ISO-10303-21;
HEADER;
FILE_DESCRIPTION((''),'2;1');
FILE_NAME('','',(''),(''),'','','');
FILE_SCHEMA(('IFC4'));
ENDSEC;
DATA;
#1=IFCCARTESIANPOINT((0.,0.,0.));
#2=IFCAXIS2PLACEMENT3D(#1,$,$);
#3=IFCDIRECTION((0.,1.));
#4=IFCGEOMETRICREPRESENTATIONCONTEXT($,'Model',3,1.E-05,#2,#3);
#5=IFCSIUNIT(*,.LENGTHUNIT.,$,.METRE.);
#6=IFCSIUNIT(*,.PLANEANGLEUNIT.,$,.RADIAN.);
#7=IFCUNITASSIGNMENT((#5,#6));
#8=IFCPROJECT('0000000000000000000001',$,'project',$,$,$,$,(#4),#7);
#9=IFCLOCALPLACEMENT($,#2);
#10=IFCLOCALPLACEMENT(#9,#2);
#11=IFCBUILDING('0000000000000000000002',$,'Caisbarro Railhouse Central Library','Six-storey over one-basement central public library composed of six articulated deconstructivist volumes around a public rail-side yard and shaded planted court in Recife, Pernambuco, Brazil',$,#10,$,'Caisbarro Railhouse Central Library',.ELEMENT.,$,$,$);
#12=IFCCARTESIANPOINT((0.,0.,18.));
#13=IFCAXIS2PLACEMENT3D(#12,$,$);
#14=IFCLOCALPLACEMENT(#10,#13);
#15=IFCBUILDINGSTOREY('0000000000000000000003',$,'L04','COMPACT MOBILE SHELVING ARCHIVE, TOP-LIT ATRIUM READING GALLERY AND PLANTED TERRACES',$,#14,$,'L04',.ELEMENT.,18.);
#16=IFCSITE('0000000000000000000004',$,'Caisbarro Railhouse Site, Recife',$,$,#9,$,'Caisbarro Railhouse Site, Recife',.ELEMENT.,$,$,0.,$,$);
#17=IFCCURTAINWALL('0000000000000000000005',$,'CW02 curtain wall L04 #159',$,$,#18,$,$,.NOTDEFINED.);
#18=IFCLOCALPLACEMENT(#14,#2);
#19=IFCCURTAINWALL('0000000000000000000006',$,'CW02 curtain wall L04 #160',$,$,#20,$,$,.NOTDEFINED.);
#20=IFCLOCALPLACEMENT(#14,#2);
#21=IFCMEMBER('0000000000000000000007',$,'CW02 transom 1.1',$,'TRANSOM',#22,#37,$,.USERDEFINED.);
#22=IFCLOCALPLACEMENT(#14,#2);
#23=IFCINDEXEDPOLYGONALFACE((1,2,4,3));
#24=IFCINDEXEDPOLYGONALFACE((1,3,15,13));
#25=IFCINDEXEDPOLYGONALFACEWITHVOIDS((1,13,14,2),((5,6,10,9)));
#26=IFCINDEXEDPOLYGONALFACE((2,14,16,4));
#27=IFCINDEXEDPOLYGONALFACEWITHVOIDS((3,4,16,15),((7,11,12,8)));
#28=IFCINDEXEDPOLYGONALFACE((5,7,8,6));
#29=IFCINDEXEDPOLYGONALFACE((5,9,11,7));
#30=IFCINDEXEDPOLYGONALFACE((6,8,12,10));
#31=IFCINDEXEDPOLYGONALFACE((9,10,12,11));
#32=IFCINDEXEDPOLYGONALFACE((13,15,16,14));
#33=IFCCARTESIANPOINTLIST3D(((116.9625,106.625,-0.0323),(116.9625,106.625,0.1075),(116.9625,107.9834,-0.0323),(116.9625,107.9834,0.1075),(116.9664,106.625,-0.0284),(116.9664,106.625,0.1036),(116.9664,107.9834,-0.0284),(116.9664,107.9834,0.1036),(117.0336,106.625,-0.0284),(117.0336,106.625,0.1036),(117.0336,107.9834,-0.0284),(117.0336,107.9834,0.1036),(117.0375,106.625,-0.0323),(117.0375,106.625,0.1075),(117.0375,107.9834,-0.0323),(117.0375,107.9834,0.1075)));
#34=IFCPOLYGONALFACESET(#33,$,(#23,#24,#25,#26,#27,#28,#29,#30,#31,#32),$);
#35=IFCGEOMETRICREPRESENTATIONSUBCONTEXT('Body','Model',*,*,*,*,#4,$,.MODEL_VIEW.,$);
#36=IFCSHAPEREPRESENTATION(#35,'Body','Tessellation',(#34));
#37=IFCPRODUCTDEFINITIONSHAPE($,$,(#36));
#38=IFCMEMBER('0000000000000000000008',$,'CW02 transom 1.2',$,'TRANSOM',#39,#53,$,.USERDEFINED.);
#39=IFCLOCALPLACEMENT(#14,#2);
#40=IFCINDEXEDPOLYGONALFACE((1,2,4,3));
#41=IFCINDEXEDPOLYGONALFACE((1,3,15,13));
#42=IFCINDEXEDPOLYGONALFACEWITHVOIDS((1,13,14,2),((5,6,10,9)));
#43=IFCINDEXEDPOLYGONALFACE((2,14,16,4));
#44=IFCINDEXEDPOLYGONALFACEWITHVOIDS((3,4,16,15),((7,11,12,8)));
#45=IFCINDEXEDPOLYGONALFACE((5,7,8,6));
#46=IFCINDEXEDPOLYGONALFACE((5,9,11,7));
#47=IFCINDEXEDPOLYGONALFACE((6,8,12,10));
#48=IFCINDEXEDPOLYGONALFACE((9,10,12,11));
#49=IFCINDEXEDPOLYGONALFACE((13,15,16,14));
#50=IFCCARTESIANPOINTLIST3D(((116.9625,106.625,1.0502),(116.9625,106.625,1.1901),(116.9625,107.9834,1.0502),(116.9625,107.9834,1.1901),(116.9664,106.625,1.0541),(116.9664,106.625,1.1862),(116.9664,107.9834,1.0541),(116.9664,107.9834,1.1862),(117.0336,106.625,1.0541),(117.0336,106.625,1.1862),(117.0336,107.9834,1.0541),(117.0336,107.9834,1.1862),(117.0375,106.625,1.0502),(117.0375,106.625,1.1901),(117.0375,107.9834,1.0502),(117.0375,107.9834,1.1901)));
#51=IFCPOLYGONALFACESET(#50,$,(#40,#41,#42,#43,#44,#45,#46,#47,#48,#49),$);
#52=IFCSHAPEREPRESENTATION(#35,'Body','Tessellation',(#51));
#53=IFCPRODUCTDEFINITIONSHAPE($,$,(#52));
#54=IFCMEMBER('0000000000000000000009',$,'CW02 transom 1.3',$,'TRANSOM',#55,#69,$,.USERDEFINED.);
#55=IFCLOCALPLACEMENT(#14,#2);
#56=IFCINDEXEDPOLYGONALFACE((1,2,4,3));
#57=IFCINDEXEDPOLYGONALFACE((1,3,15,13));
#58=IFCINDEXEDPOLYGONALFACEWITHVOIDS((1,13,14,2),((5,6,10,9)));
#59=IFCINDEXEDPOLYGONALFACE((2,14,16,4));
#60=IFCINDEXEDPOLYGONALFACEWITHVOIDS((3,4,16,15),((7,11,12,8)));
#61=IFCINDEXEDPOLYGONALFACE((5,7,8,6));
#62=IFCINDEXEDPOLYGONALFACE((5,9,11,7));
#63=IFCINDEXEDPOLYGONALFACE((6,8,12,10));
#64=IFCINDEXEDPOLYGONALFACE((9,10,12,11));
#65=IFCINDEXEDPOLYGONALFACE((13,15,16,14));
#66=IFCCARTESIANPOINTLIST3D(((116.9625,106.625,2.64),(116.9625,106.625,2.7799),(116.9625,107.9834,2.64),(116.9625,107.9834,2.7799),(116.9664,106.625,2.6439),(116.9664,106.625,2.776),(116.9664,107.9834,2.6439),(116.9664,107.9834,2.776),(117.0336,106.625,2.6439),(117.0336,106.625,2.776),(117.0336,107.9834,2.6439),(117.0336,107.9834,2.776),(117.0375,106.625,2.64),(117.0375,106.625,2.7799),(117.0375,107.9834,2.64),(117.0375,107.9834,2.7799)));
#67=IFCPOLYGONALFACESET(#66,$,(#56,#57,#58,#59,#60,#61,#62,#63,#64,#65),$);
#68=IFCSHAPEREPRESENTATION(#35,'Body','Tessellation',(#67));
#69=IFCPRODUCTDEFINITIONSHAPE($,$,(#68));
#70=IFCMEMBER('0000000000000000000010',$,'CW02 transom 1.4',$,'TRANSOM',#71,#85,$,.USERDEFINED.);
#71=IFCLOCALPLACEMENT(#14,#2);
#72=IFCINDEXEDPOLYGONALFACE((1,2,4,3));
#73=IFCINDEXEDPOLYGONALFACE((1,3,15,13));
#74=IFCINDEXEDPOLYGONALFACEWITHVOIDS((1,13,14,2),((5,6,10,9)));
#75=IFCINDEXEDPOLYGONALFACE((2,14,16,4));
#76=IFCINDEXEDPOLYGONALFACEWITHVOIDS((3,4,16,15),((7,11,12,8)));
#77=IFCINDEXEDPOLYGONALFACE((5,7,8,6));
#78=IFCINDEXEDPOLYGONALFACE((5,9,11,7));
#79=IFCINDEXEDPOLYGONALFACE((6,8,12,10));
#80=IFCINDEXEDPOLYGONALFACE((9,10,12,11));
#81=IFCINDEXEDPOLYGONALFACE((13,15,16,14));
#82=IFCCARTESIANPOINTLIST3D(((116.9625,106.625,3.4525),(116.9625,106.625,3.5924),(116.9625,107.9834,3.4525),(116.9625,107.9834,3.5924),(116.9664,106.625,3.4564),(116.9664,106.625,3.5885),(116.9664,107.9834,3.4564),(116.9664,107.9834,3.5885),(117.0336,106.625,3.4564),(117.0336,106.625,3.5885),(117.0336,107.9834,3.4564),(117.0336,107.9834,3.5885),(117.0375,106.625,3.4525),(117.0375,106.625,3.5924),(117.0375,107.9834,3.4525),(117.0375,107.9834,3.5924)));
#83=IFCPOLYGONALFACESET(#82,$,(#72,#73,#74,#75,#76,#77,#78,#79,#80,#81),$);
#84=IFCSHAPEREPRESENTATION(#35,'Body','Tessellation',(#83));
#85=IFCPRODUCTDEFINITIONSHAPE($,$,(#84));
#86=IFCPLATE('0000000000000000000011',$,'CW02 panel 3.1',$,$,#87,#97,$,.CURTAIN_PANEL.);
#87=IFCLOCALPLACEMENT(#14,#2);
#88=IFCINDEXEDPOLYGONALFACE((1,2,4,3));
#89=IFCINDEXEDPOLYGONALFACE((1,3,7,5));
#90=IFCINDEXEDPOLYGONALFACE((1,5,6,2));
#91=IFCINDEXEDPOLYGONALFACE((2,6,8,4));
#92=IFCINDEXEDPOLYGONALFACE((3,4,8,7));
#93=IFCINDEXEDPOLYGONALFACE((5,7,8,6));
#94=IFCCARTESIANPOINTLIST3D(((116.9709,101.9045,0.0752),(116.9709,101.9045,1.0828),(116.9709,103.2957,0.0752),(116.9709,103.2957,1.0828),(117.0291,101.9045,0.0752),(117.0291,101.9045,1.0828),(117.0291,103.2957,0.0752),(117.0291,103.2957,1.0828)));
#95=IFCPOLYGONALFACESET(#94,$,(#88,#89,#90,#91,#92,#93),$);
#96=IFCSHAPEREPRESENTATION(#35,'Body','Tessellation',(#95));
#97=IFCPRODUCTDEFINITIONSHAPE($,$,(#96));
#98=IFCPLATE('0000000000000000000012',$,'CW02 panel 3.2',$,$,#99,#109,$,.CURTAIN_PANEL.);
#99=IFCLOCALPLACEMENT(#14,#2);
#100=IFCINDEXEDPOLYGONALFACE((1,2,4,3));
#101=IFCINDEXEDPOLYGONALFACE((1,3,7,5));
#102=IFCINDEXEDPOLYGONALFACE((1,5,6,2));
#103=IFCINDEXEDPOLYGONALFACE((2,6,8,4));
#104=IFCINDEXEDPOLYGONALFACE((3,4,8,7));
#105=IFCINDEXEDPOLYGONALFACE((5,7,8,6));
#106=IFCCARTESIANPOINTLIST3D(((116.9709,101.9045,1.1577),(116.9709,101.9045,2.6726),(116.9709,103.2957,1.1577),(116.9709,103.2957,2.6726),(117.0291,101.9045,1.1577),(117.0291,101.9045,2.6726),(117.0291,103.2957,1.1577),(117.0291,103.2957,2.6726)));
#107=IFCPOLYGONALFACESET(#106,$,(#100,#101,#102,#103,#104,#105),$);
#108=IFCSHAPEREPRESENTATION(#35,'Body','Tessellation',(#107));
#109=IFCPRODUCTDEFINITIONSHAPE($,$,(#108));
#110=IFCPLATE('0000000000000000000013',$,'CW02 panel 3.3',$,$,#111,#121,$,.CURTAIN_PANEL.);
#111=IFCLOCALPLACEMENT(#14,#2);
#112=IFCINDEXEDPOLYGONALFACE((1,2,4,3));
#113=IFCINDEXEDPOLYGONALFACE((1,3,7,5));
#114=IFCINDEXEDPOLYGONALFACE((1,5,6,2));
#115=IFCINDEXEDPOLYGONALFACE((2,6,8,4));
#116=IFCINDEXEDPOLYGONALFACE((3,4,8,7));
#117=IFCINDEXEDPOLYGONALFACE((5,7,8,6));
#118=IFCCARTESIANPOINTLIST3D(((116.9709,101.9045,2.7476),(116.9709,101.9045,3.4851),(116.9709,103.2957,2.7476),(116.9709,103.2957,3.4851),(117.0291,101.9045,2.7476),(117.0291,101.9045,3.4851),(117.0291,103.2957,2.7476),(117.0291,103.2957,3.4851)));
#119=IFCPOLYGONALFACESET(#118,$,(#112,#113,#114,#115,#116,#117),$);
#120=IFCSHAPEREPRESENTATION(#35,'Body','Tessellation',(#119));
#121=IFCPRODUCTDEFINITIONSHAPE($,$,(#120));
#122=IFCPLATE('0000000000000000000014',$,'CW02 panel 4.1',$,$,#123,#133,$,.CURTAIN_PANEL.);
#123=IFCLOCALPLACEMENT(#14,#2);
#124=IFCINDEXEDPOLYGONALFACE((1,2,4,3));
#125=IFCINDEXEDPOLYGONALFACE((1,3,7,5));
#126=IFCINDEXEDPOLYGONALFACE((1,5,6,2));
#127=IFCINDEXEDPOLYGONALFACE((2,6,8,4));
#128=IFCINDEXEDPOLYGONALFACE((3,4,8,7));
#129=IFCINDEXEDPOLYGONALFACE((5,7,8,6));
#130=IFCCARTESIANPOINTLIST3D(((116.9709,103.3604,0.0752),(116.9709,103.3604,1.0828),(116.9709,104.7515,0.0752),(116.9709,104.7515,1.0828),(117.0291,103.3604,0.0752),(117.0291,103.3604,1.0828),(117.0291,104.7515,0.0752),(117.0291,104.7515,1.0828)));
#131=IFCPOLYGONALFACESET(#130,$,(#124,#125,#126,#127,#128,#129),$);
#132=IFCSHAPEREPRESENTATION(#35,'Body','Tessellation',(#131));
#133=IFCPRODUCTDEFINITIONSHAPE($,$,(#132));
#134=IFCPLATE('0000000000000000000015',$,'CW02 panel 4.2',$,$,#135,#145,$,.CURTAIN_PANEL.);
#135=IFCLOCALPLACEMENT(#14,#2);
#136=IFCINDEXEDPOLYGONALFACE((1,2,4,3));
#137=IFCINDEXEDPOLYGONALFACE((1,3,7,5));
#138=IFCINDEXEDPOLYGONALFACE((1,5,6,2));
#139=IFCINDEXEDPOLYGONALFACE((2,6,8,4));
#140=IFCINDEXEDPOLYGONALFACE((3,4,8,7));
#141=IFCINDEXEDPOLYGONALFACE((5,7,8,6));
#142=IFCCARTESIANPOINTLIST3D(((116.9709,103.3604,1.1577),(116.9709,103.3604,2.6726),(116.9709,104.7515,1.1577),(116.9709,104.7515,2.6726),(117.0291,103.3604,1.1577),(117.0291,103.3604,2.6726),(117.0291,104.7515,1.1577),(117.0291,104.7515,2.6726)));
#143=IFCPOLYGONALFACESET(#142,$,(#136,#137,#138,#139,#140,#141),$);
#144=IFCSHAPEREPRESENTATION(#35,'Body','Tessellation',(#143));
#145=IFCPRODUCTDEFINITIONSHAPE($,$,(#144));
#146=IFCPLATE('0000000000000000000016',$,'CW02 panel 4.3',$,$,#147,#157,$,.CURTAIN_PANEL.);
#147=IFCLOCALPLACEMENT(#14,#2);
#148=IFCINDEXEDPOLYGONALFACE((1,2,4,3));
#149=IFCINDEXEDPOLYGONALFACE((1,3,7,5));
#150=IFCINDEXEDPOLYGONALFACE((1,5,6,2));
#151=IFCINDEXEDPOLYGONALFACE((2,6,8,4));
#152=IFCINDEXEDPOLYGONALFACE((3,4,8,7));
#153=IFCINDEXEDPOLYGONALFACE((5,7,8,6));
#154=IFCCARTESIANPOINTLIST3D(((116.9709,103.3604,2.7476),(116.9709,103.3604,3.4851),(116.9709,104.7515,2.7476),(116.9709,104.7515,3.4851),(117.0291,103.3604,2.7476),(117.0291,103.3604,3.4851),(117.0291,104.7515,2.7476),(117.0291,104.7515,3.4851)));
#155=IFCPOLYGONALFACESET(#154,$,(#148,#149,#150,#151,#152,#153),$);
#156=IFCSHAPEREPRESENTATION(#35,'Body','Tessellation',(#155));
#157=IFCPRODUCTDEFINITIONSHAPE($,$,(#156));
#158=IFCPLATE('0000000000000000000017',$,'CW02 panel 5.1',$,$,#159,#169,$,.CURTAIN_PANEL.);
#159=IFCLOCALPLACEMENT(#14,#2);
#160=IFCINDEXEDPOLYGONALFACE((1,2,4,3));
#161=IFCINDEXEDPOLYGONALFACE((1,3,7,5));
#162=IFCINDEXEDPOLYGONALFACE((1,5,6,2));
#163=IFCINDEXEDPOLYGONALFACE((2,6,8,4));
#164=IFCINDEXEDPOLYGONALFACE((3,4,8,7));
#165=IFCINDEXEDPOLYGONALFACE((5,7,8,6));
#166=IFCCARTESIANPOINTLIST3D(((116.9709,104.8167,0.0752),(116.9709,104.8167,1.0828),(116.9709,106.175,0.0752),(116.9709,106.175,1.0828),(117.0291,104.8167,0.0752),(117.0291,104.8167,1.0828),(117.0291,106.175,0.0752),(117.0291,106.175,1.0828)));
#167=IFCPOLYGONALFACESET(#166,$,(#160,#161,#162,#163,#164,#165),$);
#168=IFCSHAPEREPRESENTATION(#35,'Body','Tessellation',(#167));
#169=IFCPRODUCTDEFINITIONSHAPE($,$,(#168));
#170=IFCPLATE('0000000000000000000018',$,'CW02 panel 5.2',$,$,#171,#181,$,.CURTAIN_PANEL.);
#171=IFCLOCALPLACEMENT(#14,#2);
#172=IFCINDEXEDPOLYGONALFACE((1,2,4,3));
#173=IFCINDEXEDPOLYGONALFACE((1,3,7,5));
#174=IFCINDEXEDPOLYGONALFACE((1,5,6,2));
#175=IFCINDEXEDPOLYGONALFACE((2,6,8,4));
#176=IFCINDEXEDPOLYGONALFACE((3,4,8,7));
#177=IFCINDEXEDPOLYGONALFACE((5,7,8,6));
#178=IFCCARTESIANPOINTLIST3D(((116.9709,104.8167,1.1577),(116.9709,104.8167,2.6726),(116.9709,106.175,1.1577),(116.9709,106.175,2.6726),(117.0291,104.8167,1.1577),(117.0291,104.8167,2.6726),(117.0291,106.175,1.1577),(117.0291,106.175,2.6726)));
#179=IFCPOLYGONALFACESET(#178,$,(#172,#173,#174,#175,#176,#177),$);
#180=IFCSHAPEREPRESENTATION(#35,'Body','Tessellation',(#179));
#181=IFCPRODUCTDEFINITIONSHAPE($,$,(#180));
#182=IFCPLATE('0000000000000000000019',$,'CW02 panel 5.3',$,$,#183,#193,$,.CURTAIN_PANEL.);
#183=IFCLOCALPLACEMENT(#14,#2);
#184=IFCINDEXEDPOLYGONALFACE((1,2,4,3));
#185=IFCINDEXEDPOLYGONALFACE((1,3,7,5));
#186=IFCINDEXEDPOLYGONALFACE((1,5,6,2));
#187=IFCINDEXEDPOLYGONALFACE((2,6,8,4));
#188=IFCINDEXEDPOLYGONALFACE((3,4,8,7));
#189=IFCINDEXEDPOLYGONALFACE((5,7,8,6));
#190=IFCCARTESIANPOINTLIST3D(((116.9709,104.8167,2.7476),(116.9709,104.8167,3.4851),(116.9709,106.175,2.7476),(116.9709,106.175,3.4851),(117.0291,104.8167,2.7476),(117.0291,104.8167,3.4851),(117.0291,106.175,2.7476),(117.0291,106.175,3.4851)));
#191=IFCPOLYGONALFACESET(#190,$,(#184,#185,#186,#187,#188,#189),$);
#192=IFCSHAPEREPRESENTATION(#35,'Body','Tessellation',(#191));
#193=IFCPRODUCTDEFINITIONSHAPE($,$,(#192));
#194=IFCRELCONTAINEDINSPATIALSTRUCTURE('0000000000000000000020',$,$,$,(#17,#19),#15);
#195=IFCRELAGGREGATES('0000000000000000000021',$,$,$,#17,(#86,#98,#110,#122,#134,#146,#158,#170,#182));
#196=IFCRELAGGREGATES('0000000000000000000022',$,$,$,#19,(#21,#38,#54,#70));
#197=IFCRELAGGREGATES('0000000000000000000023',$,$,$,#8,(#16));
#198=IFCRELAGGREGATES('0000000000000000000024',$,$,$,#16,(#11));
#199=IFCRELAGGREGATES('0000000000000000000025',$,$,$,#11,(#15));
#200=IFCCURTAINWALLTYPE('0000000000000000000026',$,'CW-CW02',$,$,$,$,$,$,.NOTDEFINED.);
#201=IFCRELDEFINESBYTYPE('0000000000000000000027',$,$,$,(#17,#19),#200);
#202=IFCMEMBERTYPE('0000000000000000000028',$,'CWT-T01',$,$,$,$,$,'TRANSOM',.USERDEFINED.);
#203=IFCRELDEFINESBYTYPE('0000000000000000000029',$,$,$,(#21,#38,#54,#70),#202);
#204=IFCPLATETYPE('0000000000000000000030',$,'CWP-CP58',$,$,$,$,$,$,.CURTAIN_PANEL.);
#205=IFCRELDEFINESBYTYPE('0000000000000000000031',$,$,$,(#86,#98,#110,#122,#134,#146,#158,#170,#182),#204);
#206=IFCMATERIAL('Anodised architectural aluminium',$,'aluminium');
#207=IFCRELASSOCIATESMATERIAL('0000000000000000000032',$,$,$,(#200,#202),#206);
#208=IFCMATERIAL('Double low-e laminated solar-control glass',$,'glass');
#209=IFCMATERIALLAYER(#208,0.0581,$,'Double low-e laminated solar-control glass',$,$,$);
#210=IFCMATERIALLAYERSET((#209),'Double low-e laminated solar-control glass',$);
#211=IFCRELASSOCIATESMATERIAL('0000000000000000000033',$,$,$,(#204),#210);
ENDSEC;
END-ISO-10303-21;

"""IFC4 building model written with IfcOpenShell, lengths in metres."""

from ifc_helpers import new_model, si_unit, direction, frame, origin, origin_2d, place, context, subcontext, project, spatial, rectangle, hollow_rectangle, extrude, material, layer, layer_set, material_profile, profile_set, type_object, element, aggregate, save


model = new_model("IFC4")

# Units and contexts
model_context = context("Model", 3, precision=1e-05, world=origin(), true_north=direction((0.0, 1.0)))
body_context = subcontext(model_context, "Body", "Model", "MODEL_VIEW")
ifc_project = project(units=[si_unit("LENGTHUNIT", "METRE"), si_unit("PLANEANGLEUNIT", "RADIAN")], contexts=[model_context])

# Site, building, storey
site_placement = place(None, origin())
site = spatial("IfcSite", under=ifc_project, at=site_placement, Name="Caisbarro Railhouse Site, Recife", LongName="Caisbarro Railhouse Site, Recife", CompositionType="ELEMENT", RefElevation=0.0)
building_placement = place(site_placement, origin())
building = spatial("IfcBuilding", under=site, at=building_placement, Name="Caisbarro Railhouse Central Library", Description="Six-storey over one-basement central public library composed of six articulated deconstructivist volumes around a public rail-side yard and shaded planted court in Recife, Pernambuco, Brazil", LongName="Caisbarro Railhouse Central Library", CompositionType="ELEMENT")
storey_placement = place(building_placement, frame((0.0, 0.0, 18.0)))
storey = spatial("IfcBuildingStorey", under=building, at=storey_placement, Name="L04", Description="COMPACT MOBILE SHELVING ARCHIVE, TOP-LIT ATRIUM READING GALLERY AND PLANTED TERRACES", LongName="L04", CompositionType="ELEMENT", Elevation=18.0)

# Curtain walls
ifc_material_1 = material(Name="Anodised architectural aluminium", Category="aluminium")
curtain_wall_type = type_object("IfcCurtainWallType", Name="CW-CW02", PredefinedType="NOTDEFINED", material=ifc_material_1)
curtain_wall_1_placement = place(storey_placement, origin())
curtain_wall_1 = element("IfcCurtainWall", 1, at=curtain_wall_1_placement, inside=storey, type_object=curtain_wall_type, Name="CW02 curtain wall L04 #159", PredefinedType="NOTDEFINED")
curtain_wall_2_placement = place(storey_placement, origin())
curtain_wall_2 = element("IfcCurtainWall", 2, at=curtain_wall_2_placement, inside=storey, type_object=curtain_wall_type, Name="CW02 curtain wall L04 #160", PredefinedType="NOTDEFINED")

# Members
ifc_material_profile_1 = material_profile(ifc_material_1, hollow_rectangle(XDim=0.075, YDim=0.1399, WallThickness=0.0039, at=origin_2d()), Name="ALU-TRN-75X140")
ifc_profile_set_1 = profile_set([ifc_material_profile_1], Name="Anodised architectural aluminium")
member_type_1 = type_object("IfcMemberType", Name="CWT-T01", ElementType="TRANSOM", PredefinedType="USERDEFINED", material=ifc_profile_set_1)
member_1_placement = place(storey_placement, frame((117.0, 106.625, 0.0376), z_axis=(0.0, 1.0, 0.0), x_axis=(-1.0, 0.0, 0.0)))
member_1 = element("IfcMember", 3, at=member_1_placement, type_object=member_type_1, Name="CW02 transom 1.1", ObjectType="TRANSOM", PredefinedType="USERDEFINED", context=body_context, shape_type="SweptSolid", body=[
    extrude(hollow_rectangle(XDim=0.075, YDim=0.1399, WallThickness=0.0039, at=origin_2d()), origin(), (0.0, 0.0, 1.0), 1.3584),
])
member_2_placement = place(storey_placement, frame((117.0, 106.625, 1.1201), z_axis=(0.0, 1.0, 0.0), x_axis=(-1.0, 0.0, 0.0)))
member_2 = element("IfcMember", 4, at=member_2_placement, type_object=member_type_1, Name="CW02 transom 1.2", ObjectType="TRANSOM", PredefinedType="USERDEFINED", context=body_context, shape_type="SweptSolid", body=[
    extrude(hollow_rectangle(XDim=0.075, YDim=0.1399, WallThickness=0.0039, at=origin_2d()), origin(), (0.0, 0.0, 1.0), 1.3584),
])
member_3_placement = place(storey_placement, frame((117.0, 106.625, 2.71), z_axis=(0.0, 1.0, 0.0), x_axis=(-1.0, 0.0, 0.0)))
member_3 = element("IfcMember", 5, at=member_3_placement, type_object=member_type_1, Name="CW02 transom 1.3", ObjectType="TRANSOM", PredefinedType="USERDEFINED", context=body_context, shape_type="SweptSolid", body=[
    extrude(hollow_rectangle(XDim=0.075, YDim=0.1399, WallThickness=0.0039, at=origin_2d()), origin(), (0.0, 0.0, 1.0), 1.3584),
])
member_4_placement = place(storey_placement, frame((117.0, 106.625, 3.5225), z_axis=(0.0, 1.0, 0.0), x_axis=(-1.0, 0.0, 0.0)))
member_4 = element("IfcMember", 6, at=member_4_placement, type_object=member_type_1, Name="CW02 transom 1.4", ObjectType="TRANSOM", PredefinedType="USERDEFINED", context=body_context, shape_type="SweptSolid", body=[
    extrude(hollow_rectangle(XDim=0.075, YDim=0.1399, WallThickness=0.0039, at=origin_2d()), origin(), (0.0, 0.0, 1.0), 1.3584),
])

# Plates
ifc_material_2 = material(Name="Double low-e laminated solar-control glass", Category="glass")
ifc_layer_1 = layer(ifc_material_2, 0.0581, Name="Double low-e laminated solar-control glass")
ifc_layer_set_1 = layer_set([ifc_layer_1], Name="Double low-e laminated solar-control glass")
plate_type_1 = type_object("IfcPlateType", Name="CWP-CP58", PredefinedType="CURTAIN_PANEL", material=ifc_layer_set_1)
plate_1_placement = place(storey_placement, frame((117.0, 102.6001, 0.0752), z_axis=(0.0, 0.0, 1.0), x_axis=(0.0, 1.0, 0.0)))
plate_1 = element("IfcPlate", 7, at=plate_1_placement, type_object=plate_type_1, Name="CW02 panel 3.1", PredefinedType="CURTAIN_PANEL", context=body_context, shape_type="SweptSolid", body=[
    extrude(rectangle(XDim=1.3911, YDim=0.0581, at=origin_2d()), origin(), (0.0, 0.0, 1.0), 1.0076),
])
plate_2_placement = place(storey_placement, frame((117.0, 102.6001, 1.1577), z_axis=(0.0, 0.0, 1.0), x_axis=(0.0, 1.0, 0.0)))
plate_2 = element("IfcPlate", 8, at=plate_2_placement, type_object=plate_type_1, Name="CW02 panel 3.2", PredefinedType="CURTAIN_PANEL", context=body_context, shape_type="SweptSolid", body=[
    extrude(rectangle(XDim=1.3911, YDim=0.0581, at=origin_2d()), origin(), (0.0, 0.0, 1.0), 1.5149),
])
plate_3_placement = place(storey_placement, frame((117.0, 102.6001, 2.7476), z_axis=(0.0, 0.0, 1.0), x_axis=(0.0, 1.0, 0.0)))
plate_3 = element("IfcPlate", 9, at=plate_3_placement, type_object=plate_type_1, Name="CW02 panel 3.3", PredefinedType="CURTAIN_PANEL", context=body_context, shape_type="SweptSolid", body=[
    extrude(rectangle(XDim=1.3911, YDim=0.0581, at=origin_2d()), origin(), (0.0, 0.0, 1.0), 0.7375),
])
plate_4_placement = place(storey_placement, frame((117.0, 104.0559, 0.0752), z_axis=(0.0, 0.0, 1.0), x_axis=(0.0, 1.0, 0.0)))
plate_4 = element("IfcPlate", 10, at=plate_4_placement, type_object=plate_type_1, Name="CW02 panel 4.1", PredefinedType="CURTAIN_PANEL", context=body_context, shape_type="SweptSolid", body=[
    extrude(rectangle(XDim=1.3911, YDim=0.0581, at=origin_2d()), origin(), (0.0, 0.0, 1.0), 1.0076),
])
plate_5_placement = place(storey_placement, frame((117.0, 104.0559, 1.1577), z_axis=(0.0, 0.0, 1.0), x_axis=(0.0, 1.0, 0.0)))
plate_5 = element("IfcPlate", 11, at=plate_5_placement, type_object=plate_type_1, Name="CW02 panel 4.2", PredefinedType="CURTAIN_PANEL", context=body_context, shape_type="SweptSolid", body=[
    extrude(rectangle(XDim=1.3911, YDim=0.0581, at=origin_2d()), origin(), (0.0, 0.0, 1.0), 1.5149),
])
plate_6_placement = place(storey_placement, frame((117.0, 104.0559, 2.7476), z_axis=(0.0, 0.0, 1.0), x_axis=(0.0, 1.0, 0.0)))
plate_6 = element("IfcPlate", 12, at=plate_6_placement, type_object=plate_type_1, Name="CW02 panel 4.3", PredefinedType="CURTAIN_PANEL", context=body_context, shape_type="SweptSolid", body=[
    extrude(rectangle(XDim=1.3911, YDim=0.0581, at=origin_2d()), origin(), (0.0, 0.0, 1.0), 0.7375),
])
plate_7_placement = place(storey_placement, frame((117.0, 105.4958, 0.0752), z_axis=(0.0, 0.0, 1.0), x_axis=(0.0, 1.0, 0.0)))
plate_7 = element("IfcPlate", 13, at=plate_7_placement, type_object=plate_type_1, Name="CW02 panel 5.1", PredefinedType="CURTAIN_PANEL", context=body_context, shape_type="SweptSolid", body=[
    extrude(rectangle(XDim=1.3584, YDim=0.0581, at=origin_2d()), origin(), (0.0, 0.0, 1.0), 1.0076),
])
plate_8_placement = place(storey_placement, frame((117.0, 105.4958, 1.1577), z_axis=(0.0, 0.0, 1.0), x_axis=(0.0, 1.0, 0.0)))
plate_8 = element("IfcPlate", 14, at=plate_8_placement, type_object=plate_type_1, Name="CW02 panel 5.2", PredefinedType="CURTAIN_PANEL", context=body_context, shape_type="SweptSolid", body=[
    extrude(rectangle(XDim=1.3584, YDim=0.0581, at=origin_2d()), origin(), (0.0, 0.0, 1.0), 1.5149),
])
plate_9_placement = place(storey_placement, frame((117.0, 105.4958, 2.7476), z_axis=(0.0, 0.0, 1.0), x_axis=(0.0, 1.0, 0.0)))
plate_9 = element("IfcPlate", 15, at=plate_9_placement, type_object=plate_type_1, Name="CW02 panel 5.3", PredefinedType="CURTAIN_PANEL", context=body_context, shape_type="SweptSolid", body=[
    extrude(rectangle(XDim=1.3584, YDim=0.0581, at=origin_2d()), origin(), (0.0, 0.0, 1.0), 0.7375),
])
aggregate(curtain_wall_1, [plate_1, plate_2, plate_3, plate_4, plate_5, plate_6, plate_7, plate_8, plate_9])
aggregate(curtain_wall_2, [member_1, member_2, member_3, member_4])

save(model, "model.ifc")
